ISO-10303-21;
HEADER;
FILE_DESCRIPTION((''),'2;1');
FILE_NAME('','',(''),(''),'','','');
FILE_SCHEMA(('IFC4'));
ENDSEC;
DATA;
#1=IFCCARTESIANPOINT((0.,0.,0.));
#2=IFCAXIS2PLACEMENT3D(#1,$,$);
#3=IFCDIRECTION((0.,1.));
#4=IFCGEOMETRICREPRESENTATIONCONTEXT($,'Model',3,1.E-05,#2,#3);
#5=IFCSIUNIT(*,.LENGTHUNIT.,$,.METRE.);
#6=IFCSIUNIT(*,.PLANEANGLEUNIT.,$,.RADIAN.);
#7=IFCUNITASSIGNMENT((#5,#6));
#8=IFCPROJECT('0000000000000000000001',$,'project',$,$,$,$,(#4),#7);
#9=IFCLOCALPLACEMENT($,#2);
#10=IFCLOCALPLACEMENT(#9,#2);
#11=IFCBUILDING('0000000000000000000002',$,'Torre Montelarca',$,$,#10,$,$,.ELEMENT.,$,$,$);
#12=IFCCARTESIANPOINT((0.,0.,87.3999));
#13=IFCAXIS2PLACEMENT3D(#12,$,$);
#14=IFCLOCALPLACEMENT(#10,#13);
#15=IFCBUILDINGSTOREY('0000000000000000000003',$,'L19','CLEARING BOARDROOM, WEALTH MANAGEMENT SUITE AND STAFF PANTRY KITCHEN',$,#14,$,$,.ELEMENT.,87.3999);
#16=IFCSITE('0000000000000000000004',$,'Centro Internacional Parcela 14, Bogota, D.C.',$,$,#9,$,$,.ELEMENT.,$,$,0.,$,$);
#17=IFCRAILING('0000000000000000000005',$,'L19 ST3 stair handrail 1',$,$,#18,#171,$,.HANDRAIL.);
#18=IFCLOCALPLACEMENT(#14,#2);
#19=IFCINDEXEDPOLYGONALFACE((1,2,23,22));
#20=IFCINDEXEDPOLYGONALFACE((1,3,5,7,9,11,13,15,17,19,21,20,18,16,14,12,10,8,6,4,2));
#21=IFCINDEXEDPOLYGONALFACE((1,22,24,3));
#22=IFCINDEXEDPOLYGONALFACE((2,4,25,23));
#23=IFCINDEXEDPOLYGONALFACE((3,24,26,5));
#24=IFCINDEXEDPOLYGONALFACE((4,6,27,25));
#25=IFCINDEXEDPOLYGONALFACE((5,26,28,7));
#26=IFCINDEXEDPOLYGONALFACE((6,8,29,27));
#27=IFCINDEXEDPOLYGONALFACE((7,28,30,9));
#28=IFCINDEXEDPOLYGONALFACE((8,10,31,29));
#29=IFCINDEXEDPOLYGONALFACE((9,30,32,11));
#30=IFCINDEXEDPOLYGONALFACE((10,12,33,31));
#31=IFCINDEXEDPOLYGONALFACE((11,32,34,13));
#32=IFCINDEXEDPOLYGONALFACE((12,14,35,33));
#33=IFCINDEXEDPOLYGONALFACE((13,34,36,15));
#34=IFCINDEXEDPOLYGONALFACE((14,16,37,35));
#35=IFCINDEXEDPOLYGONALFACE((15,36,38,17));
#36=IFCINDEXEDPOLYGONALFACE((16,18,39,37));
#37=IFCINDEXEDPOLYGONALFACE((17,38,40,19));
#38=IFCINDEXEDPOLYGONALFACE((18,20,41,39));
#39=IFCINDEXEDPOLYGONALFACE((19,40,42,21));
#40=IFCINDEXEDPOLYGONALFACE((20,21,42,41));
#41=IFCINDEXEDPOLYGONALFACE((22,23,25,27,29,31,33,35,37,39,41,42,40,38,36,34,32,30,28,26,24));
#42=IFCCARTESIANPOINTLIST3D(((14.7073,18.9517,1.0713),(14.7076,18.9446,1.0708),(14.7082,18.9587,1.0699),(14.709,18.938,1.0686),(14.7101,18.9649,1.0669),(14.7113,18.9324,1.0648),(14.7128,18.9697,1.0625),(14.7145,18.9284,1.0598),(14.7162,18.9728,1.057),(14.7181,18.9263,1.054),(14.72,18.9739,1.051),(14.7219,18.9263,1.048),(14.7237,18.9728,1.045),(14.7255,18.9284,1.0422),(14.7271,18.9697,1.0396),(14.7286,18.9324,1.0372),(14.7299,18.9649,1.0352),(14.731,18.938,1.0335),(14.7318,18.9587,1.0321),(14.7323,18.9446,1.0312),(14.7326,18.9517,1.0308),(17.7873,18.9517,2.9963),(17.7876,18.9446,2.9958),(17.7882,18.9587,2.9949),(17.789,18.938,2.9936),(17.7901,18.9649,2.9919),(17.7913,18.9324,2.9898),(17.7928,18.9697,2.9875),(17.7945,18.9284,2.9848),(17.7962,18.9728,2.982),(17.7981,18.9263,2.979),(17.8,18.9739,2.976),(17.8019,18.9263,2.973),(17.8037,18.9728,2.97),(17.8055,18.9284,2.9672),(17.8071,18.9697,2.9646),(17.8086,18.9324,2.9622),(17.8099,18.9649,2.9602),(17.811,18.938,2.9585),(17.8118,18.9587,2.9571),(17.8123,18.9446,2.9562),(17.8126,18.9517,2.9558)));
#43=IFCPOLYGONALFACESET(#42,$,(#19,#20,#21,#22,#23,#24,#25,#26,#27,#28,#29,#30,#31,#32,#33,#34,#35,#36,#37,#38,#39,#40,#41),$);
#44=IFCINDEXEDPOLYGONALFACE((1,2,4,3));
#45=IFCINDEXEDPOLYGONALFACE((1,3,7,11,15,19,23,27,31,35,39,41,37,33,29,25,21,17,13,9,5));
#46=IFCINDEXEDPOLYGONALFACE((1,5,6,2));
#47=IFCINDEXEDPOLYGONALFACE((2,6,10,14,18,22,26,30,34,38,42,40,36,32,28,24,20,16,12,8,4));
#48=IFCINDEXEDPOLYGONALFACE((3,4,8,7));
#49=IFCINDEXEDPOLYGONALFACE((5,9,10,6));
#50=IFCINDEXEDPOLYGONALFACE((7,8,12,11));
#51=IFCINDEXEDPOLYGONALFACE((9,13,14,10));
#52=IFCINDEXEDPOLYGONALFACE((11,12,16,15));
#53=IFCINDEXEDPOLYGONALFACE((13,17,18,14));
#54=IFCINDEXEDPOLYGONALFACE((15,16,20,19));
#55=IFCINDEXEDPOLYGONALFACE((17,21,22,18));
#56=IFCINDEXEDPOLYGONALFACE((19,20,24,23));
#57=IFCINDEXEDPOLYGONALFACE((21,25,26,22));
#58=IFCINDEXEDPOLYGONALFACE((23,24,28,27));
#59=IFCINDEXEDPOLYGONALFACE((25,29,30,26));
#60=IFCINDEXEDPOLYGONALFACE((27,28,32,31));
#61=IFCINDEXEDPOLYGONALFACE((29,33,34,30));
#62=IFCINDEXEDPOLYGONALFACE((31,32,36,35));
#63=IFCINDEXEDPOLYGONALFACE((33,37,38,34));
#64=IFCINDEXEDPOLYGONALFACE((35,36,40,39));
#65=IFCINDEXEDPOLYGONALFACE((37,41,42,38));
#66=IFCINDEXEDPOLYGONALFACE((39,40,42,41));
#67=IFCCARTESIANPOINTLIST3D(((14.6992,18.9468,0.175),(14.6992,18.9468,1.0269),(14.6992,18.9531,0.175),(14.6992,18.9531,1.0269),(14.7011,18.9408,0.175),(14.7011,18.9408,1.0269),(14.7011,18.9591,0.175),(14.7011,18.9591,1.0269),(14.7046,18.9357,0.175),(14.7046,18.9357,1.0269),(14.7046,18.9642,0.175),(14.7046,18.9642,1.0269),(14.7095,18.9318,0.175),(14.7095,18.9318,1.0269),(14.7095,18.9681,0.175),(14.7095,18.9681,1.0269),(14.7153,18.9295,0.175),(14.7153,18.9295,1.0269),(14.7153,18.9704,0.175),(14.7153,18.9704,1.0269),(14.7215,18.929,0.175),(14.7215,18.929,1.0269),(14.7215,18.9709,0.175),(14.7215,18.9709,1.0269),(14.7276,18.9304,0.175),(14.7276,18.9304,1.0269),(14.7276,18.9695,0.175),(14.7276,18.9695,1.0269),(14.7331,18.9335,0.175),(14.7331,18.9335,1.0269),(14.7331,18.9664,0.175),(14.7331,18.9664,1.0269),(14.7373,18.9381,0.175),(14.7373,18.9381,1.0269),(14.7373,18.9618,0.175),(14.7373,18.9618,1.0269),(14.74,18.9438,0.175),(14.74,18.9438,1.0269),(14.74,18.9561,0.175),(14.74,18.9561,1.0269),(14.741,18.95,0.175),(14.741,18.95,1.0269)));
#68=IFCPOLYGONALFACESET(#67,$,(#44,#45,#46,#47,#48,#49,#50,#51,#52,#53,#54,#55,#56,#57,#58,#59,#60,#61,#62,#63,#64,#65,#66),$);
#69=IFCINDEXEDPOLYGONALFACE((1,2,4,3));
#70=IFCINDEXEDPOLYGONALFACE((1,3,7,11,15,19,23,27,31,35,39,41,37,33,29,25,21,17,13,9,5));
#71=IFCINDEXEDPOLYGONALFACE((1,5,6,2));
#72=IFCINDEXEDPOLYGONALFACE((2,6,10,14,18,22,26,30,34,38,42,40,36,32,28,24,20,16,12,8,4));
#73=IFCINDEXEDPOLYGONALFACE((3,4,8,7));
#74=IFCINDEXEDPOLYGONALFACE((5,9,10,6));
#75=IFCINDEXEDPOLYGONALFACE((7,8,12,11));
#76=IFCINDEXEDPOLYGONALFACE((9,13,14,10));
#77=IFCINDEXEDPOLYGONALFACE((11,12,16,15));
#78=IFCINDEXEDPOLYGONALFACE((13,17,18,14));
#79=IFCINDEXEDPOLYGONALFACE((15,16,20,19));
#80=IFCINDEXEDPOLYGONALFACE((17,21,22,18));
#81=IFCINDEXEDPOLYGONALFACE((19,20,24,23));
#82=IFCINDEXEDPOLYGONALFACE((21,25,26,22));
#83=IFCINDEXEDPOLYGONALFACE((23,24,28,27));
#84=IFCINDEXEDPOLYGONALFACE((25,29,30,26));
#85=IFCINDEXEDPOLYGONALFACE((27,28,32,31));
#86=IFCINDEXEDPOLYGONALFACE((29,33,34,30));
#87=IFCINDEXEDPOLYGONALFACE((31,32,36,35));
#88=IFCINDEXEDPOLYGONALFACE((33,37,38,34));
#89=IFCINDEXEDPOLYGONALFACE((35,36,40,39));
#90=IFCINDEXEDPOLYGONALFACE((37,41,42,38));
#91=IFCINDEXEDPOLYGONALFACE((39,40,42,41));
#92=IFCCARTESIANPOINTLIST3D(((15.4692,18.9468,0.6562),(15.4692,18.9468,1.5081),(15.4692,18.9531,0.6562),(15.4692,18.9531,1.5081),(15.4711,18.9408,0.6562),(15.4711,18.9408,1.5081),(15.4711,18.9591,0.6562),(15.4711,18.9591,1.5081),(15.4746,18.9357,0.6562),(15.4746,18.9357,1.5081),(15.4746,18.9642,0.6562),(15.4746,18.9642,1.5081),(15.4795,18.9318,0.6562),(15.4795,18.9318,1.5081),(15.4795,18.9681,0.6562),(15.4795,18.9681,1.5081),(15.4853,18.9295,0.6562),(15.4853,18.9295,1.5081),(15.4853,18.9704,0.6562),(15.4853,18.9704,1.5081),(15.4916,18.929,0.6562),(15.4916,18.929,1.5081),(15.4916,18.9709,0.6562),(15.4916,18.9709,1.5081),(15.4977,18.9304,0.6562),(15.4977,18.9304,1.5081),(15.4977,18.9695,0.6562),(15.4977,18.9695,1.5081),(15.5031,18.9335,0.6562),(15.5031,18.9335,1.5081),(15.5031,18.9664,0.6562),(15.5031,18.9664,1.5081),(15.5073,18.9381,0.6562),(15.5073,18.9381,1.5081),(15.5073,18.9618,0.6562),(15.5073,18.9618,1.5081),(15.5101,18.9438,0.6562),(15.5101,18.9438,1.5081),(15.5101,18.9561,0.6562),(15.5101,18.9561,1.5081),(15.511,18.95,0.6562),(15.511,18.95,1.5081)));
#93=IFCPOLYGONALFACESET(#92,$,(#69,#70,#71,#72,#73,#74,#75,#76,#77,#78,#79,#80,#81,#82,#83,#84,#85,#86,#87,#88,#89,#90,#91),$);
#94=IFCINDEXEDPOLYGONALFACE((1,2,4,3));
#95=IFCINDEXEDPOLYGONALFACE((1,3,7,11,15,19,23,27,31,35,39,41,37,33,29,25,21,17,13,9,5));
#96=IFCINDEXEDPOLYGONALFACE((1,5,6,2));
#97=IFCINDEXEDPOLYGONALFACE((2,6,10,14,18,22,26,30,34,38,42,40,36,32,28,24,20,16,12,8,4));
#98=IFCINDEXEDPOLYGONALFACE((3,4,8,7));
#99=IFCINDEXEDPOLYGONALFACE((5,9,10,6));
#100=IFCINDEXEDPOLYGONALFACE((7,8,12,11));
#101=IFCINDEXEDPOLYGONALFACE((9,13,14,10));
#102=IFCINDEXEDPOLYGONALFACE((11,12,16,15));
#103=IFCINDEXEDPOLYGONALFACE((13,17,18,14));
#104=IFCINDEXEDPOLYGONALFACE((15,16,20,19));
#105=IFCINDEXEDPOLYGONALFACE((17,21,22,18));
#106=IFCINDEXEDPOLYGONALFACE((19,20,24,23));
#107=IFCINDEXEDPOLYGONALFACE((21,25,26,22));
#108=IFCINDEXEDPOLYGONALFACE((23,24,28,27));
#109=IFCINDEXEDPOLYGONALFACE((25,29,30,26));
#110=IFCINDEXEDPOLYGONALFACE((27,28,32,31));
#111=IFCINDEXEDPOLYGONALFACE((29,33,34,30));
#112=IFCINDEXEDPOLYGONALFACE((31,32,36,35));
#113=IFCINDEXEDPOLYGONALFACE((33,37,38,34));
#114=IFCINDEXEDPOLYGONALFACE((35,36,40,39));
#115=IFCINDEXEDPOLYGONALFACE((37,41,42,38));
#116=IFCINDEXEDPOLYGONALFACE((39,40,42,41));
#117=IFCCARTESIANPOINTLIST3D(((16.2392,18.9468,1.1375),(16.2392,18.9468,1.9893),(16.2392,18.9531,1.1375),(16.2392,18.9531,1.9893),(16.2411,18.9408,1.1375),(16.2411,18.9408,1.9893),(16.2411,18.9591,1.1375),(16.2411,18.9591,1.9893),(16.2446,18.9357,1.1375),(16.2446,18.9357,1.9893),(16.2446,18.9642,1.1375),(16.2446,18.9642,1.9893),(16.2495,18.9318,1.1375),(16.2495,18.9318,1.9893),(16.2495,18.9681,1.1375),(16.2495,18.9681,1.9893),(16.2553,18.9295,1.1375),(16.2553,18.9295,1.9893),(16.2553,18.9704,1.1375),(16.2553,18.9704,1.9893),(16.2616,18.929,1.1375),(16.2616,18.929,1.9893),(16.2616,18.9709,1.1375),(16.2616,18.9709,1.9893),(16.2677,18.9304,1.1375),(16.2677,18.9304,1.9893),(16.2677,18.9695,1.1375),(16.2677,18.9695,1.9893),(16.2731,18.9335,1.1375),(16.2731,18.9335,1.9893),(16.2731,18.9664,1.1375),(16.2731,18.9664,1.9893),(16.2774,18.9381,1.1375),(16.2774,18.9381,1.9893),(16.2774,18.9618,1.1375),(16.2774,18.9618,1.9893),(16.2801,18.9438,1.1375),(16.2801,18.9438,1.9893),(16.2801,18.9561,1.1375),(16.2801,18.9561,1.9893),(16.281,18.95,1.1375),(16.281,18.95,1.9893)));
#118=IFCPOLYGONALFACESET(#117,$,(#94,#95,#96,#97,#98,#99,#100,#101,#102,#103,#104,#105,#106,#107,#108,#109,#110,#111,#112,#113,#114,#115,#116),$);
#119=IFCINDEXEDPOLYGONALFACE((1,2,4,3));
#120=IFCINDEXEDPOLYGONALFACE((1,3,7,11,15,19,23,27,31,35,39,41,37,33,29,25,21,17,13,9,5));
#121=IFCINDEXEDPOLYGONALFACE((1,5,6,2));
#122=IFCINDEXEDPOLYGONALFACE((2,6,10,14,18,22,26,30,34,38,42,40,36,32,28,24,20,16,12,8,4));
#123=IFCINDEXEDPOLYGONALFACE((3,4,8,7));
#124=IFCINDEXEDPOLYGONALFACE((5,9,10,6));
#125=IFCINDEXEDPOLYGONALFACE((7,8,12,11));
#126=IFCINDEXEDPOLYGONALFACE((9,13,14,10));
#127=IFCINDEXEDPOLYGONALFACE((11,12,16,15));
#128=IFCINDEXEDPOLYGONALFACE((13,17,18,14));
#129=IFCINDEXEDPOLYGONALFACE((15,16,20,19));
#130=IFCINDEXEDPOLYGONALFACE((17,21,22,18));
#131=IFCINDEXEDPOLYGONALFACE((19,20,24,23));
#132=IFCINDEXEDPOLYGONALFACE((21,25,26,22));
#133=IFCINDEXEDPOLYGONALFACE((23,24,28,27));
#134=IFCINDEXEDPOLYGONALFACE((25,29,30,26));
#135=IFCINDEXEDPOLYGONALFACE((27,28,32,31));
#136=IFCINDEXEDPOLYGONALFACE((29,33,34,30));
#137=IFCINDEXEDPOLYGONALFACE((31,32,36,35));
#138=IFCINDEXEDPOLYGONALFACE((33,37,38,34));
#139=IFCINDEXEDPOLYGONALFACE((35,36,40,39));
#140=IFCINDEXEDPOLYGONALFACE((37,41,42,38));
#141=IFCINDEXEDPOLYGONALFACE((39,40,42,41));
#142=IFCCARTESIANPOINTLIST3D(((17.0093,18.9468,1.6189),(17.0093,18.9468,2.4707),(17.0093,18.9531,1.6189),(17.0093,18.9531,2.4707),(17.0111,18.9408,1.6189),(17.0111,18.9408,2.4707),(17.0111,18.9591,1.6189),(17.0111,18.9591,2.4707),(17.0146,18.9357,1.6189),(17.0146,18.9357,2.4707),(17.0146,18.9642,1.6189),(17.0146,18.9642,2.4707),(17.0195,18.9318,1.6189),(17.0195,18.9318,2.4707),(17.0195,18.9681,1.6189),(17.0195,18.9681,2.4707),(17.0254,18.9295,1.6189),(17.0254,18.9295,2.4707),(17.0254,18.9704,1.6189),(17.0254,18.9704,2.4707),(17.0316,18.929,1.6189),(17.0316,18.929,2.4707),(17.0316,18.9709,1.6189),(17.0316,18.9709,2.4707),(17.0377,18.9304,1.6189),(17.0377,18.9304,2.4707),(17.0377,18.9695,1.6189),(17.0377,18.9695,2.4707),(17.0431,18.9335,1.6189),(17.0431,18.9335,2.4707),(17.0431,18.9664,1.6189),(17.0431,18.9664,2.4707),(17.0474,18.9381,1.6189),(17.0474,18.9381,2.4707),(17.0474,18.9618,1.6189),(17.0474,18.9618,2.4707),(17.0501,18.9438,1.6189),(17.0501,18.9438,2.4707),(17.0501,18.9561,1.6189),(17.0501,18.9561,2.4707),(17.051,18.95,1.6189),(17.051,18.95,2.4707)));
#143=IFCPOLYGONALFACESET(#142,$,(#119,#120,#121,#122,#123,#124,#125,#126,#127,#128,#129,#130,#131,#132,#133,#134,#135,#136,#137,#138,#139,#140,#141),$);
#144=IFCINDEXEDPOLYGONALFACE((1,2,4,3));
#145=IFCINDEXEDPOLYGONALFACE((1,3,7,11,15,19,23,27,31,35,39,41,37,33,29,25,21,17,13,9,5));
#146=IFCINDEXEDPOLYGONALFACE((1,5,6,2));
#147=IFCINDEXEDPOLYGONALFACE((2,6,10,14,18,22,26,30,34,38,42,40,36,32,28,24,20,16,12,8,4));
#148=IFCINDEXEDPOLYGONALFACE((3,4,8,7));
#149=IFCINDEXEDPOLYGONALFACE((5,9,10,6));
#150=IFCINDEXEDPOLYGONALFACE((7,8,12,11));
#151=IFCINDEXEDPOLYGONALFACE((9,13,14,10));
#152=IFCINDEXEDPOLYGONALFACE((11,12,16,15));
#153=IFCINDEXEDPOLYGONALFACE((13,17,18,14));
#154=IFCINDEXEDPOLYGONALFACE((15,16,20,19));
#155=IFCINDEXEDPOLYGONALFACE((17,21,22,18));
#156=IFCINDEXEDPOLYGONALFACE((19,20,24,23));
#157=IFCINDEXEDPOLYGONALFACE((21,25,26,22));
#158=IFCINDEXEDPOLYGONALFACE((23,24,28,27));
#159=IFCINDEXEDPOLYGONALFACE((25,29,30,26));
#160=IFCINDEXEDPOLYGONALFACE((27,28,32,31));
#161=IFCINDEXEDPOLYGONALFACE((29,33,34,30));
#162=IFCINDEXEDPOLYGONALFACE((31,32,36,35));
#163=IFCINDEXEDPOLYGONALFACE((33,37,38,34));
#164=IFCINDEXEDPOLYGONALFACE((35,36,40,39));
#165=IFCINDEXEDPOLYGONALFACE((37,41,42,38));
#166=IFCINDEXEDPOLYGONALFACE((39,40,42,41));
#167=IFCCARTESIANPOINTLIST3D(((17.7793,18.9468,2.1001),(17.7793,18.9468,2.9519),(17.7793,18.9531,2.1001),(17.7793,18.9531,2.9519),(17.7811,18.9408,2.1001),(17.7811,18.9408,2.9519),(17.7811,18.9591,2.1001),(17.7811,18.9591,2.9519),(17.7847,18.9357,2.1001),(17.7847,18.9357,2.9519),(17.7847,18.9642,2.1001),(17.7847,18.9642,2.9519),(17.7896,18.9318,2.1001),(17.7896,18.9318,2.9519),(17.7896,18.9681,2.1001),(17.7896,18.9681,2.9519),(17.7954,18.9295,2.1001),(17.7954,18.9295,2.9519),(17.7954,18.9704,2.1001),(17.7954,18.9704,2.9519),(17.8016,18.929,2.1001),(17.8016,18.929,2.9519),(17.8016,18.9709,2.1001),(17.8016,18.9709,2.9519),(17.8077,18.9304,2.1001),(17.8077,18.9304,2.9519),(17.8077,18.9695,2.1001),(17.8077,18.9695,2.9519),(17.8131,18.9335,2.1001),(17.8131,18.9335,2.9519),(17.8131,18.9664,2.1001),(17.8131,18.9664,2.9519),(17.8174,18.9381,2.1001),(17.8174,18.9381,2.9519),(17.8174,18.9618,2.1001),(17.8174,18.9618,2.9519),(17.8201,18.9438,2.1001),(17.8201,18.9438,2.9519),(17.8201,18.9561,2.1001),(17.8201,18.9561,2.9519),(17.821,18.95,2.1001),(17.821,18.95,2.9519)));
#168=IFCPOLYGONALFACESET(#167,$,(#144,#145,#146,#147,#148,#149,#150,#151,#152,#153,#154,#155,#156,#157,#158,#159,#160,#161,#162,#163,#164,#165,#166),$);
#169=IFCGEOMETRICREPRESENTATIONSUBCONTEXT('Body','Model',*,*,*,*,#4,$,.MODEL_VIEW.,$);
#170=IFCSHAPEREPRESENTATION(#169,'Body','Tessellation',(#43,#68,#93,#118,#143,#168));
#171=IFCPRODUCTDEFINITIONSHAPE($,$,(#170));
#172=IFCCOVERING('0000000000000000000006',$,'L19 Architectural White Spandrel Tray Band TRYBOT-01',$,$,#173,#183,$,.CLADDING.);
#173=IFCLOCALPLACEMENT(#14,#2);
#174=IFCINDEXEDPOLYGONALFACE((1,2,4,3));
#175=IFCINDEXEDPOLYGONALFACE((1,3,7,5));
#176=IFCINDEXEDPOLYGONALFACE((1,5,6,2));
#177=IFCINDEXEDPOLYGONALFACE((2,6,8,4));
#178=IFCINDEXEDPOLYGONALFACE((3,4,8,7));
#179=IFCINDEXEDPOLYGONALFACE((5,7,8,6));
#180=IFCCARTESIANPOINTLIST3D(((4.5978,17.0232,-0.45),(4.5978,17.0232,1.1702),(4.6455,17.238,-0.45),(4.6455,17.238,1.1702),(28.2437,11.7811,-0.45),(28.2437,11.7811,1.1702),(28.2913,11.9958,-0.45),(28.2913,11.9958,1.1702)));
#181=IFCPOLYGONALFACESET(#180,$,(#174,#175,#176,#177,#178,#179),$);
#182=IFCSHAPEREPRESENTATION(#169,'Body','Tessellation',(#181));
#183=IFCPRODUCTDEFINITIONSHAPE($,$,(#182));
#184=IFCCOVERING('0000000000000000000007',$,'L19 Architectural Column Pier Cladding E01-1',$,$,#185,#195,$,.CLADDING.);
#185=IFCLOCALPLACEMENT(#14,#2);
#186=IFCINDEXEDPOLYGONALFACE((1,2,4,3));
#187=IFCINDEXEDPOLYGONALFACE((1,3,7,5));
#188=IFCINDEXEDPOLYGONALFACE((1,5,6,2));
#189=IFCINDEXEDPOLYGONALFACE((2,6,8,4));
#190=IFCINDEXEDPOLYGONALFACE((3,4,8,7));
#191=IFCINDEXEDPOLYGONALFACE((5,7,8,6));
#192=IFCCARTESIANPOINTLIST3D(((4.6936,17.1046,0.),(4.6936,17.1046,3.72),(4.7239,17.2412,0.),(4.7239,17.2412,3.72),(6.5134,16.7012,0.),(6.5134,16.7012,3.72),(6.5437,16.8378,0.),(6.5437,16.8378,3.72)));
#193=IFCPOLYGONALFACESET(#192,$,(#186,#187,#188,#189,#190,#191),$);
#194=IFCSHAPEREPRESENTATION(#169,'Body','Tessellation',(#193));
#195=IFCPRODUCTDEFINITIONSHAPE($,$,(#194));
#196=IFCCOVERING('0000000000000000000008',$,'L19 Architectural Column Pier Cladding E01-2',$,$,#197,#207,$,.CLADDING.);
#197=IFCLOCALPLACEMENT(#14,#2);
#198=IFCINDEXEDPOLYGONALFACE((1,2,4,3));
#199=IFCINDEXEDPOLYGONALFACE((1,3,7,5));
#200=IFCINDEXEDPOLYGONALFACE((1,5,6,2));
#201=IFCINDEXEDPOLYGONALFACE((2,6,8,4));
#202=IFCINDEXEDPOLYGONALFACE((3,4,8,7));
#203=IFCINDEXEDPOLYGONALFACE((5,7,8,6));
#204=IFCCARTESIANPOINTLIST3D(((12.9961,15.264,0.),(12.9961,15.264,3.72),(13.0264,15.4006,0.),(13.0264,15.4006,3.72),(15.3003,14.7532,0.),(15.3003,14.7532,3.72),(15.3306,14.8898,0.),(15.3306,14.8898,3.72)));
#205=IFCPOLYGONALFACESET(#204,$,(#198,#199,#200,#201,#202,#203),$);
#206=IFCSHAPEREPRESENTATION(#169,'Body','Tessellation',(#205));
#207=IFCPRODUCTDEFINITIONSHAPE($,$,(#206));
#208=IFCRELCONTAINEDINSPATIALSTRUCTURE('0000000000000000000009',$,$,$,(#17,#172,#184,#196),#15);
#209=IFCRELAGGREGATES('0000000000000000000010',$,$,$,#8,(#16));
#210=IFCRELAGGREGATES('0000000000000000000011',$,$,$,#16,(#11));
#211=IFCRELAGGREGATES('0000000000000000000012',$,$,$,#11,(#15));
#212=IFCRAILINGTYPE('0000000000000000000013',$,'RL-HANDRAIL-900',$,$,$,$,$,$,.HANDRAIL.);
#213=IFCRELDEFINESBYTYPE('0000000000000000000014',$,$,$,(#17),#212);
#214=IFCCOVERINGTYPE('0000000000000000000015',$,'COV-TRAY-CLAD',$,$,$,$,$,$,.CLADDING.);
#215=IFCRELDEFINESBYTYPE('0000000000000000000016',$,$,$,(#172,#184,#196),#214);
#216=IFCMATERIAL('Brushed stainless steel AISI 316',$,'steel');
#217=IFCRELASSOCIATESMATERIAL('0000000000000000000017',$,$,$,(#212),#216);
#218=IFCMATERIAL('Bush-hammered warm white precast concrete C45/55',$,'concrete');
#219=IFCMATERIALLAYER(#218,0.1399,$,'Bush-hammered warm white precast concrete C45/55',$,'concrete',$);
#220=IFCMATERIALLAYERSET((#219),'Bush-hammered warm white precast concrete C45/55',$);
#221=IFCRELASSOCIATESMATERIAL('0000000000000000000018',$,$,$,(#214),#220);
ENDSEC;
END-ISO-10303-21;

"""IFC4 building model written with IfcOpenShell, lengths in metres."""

from ifc_helpers import new_model, si_unit, direction, frame, origin, origin_2d, place, context, subcontext, project, spatial, rectangle, circle, extrude, source, transform, mapped, material, layer, layer_set, type_object, element, save


model = new_model("IFC4")

# Units and contexts
model_context = context("Model", 3, precision=1e-05, world=origin(), true_north=direction((0.0, 1.0)))
body_context = subcontext(model_context, "Body", "Model", "MODEL_VIEW")
ifc_project = project(units=[si_unit("LENGTHUNIT", "METRE"), si_unit("PLANEANGLEUNIT", "RADIAN")], contexts=[model_context])

# Site, building, storey
site_placement = place(None, origin())
site = spatial("IfcSite", under=ifc_project, at=site_placement, Name="Centro Internacional Parcela 14, Bogota, D.C.", CompositionType="ELEMENT", RefElevation=0.0)
building_placement = place(site_placement, origin())
building = spatial("IfcBuilding", under=site, at=building_placement, Name="Torre Montelarca", CompositionType="ELEMENT")
storey_placement = place(building_placement, frame((0.0, 0.0, 87.3999)))
storey = spatial("IfcBuildingStorey", under=building, at=storey_placement, Name="L19", Description="CLEARING BOARDROOM, WEALTH MANAGEMENT SUITE AND STAFF PANTRY KITCHEN", CompositionType="ELEMENT", Elevation=87.3999)

# Railing
ifc_material_1 = material(Name="Brushed stainless steel AISI 316", Category="steel")
railing_type = type_object("IfcRailingType", Name="RL-HANDRAIL-900", PredefinedType="HANDRAIL", material=ifc_material_1)
railing_placement = place(storey_placement, frame((14.72, 18.95, 0.175)))
element("IfcRailing", 1, at=railing_placement, inside=storey, type_object=railing_type, Name="L19 ST3 stair handrail 1", PredefinedType="HANDRAIL", context=body_context, shape_type="SweptSolid", body=[
    extrude(circle(Radius=0.0239, at=origin_2d()), frame((0.0, 0.0, 0.876), z_axis=(0.847998, 0.0, 0.529999), x_axis=(0.0, 1.0, 0.0)), (0.0, 0.0, 1.0), 3.6321),
    extrude(circle(Radius=0.021, at=origin_2d()), origin(), (0.0, 0.0, 1.0), 0.8518),
    extrude(circle(Radius=0.021, at=origin_2d()), frame((0.77, 0.0, 0.4812)), (0.0, 0.0, 1.0), 0.8518),
    extrude(circle(Radius=0.021, at=origin_2d()), frame((1.54, 0.0, 0.9624)), (0.0, 0.0, 1.0), 0.8518),
    extrude(circle(Radius=0.021, at=origin_2d()), frame((2.3101, 0.0, 1.4438)), (0.0, 0.0, 1.0), 0.8518),
    extrude(circle(Radius=0.021, at=origin_2d()), frame((3.0801, 0.0, 1.925)), (0.0, 0.0, 1.0), 0.8518),
])

# Coverings
ifc_material_2 = material(Name="Bush-hammered warm white precast concrete C45/55", Category="concrete")
ifc_layer_1 = layer(ifc_material_2, 0.1399, Name="Bush-hammered warm white precast concrete C45/55", Category="concrete")
ifc_layer_set_1 = layer_set([ifc_layer_1], Name="Bush-hammered warm white precast concrete C45/55")
covering_type = type_object("IfcCoveringType", Name="COV-TRAY-CLAD", PredefinedType="CLADDING", material=ifc_layer_set_1)
shared_shape_1 = source(origin(), body_context, "Body", "SweptSolid", [
    extrude(rectangle(XDim=24.22, YDim=0.22, at=origin_2d()), origin(), (0.0, 0.0, 1.0), 1.6201),
])
covering_1_placement = place(storey_placement, frame((16.4446, 14.5095, -0.45), z_axis=(0.0, 0.0, 1.0), x_axis=(0.976296, -0.21644, 0.0)))
element("IfcCovering", 2, at=covering_1_placement, inside=storey, type_object=covering_type, Name="L19 Architectural White Spandrel Tray Band TRYBOT-01", PredefinedType="CLADDING", context=body_context, shape_type="MappedRepresentation", body=[
    mapped(shared_shape_1, transform((0.0, 0.0, 0.0), scale=1.0)),
])
shared_shape_2 = source(origin(), body_context, "Body", "SweptSolid", [
    extrude(rectangle(XDim=1.864, YDim=0.1399, at=origin_2d()), origin(), (0.0, 0.0, 1.0), 3.72),
])
covering_2_placement = place(storey_placement, frame((5.6187, 16.9712, 0.0), z_axis=(0.0, 0.0, 1.0), x_axis=(0.976296, -0.21644, 0.0)))
element("IfcCovering", 3, at=covering_2_placement, inside=storey, type_object=covering_type, Name="L19 Architectural Column Pier Cladding E01-1", PredefinedType="CLADDING", context=body_context, shape_type="MappedRepresentation", body=[
    mapped(shared_shape_2, transform((0.0, 0.0, 0.0), scale=1.0)),
])
shared_shape_3 = source(origin(), body_context, "Body", "SweptSolid", [
    extrude(rectangle(XDim=2.3601, YDim=0.1399, at=origin_2d()), origin(), (0.0, 0.0, 1.0), 3.72),
])
covering_3_placement = place(storey_placement, frame((14.1633, 15.0769, 0.0), z_axis=(0.0, 0.0, 1.0), x_axis=(0.976296, -0.21644, 0.0)))
element("IfcCovering", 4, at=covering_3_placement, inside=storey, type_object=covering_type, Name="L19 Architectural Column Pier Cladding E01-2", PredefinedType="CLADDING", context=body_context, shape_type="MappedRepresentation", body=[
    mapped(shared_shape_3, transform((0.0, 0.0, 0.0), scale=1.0)),
])

save(model, "model.ifc")
